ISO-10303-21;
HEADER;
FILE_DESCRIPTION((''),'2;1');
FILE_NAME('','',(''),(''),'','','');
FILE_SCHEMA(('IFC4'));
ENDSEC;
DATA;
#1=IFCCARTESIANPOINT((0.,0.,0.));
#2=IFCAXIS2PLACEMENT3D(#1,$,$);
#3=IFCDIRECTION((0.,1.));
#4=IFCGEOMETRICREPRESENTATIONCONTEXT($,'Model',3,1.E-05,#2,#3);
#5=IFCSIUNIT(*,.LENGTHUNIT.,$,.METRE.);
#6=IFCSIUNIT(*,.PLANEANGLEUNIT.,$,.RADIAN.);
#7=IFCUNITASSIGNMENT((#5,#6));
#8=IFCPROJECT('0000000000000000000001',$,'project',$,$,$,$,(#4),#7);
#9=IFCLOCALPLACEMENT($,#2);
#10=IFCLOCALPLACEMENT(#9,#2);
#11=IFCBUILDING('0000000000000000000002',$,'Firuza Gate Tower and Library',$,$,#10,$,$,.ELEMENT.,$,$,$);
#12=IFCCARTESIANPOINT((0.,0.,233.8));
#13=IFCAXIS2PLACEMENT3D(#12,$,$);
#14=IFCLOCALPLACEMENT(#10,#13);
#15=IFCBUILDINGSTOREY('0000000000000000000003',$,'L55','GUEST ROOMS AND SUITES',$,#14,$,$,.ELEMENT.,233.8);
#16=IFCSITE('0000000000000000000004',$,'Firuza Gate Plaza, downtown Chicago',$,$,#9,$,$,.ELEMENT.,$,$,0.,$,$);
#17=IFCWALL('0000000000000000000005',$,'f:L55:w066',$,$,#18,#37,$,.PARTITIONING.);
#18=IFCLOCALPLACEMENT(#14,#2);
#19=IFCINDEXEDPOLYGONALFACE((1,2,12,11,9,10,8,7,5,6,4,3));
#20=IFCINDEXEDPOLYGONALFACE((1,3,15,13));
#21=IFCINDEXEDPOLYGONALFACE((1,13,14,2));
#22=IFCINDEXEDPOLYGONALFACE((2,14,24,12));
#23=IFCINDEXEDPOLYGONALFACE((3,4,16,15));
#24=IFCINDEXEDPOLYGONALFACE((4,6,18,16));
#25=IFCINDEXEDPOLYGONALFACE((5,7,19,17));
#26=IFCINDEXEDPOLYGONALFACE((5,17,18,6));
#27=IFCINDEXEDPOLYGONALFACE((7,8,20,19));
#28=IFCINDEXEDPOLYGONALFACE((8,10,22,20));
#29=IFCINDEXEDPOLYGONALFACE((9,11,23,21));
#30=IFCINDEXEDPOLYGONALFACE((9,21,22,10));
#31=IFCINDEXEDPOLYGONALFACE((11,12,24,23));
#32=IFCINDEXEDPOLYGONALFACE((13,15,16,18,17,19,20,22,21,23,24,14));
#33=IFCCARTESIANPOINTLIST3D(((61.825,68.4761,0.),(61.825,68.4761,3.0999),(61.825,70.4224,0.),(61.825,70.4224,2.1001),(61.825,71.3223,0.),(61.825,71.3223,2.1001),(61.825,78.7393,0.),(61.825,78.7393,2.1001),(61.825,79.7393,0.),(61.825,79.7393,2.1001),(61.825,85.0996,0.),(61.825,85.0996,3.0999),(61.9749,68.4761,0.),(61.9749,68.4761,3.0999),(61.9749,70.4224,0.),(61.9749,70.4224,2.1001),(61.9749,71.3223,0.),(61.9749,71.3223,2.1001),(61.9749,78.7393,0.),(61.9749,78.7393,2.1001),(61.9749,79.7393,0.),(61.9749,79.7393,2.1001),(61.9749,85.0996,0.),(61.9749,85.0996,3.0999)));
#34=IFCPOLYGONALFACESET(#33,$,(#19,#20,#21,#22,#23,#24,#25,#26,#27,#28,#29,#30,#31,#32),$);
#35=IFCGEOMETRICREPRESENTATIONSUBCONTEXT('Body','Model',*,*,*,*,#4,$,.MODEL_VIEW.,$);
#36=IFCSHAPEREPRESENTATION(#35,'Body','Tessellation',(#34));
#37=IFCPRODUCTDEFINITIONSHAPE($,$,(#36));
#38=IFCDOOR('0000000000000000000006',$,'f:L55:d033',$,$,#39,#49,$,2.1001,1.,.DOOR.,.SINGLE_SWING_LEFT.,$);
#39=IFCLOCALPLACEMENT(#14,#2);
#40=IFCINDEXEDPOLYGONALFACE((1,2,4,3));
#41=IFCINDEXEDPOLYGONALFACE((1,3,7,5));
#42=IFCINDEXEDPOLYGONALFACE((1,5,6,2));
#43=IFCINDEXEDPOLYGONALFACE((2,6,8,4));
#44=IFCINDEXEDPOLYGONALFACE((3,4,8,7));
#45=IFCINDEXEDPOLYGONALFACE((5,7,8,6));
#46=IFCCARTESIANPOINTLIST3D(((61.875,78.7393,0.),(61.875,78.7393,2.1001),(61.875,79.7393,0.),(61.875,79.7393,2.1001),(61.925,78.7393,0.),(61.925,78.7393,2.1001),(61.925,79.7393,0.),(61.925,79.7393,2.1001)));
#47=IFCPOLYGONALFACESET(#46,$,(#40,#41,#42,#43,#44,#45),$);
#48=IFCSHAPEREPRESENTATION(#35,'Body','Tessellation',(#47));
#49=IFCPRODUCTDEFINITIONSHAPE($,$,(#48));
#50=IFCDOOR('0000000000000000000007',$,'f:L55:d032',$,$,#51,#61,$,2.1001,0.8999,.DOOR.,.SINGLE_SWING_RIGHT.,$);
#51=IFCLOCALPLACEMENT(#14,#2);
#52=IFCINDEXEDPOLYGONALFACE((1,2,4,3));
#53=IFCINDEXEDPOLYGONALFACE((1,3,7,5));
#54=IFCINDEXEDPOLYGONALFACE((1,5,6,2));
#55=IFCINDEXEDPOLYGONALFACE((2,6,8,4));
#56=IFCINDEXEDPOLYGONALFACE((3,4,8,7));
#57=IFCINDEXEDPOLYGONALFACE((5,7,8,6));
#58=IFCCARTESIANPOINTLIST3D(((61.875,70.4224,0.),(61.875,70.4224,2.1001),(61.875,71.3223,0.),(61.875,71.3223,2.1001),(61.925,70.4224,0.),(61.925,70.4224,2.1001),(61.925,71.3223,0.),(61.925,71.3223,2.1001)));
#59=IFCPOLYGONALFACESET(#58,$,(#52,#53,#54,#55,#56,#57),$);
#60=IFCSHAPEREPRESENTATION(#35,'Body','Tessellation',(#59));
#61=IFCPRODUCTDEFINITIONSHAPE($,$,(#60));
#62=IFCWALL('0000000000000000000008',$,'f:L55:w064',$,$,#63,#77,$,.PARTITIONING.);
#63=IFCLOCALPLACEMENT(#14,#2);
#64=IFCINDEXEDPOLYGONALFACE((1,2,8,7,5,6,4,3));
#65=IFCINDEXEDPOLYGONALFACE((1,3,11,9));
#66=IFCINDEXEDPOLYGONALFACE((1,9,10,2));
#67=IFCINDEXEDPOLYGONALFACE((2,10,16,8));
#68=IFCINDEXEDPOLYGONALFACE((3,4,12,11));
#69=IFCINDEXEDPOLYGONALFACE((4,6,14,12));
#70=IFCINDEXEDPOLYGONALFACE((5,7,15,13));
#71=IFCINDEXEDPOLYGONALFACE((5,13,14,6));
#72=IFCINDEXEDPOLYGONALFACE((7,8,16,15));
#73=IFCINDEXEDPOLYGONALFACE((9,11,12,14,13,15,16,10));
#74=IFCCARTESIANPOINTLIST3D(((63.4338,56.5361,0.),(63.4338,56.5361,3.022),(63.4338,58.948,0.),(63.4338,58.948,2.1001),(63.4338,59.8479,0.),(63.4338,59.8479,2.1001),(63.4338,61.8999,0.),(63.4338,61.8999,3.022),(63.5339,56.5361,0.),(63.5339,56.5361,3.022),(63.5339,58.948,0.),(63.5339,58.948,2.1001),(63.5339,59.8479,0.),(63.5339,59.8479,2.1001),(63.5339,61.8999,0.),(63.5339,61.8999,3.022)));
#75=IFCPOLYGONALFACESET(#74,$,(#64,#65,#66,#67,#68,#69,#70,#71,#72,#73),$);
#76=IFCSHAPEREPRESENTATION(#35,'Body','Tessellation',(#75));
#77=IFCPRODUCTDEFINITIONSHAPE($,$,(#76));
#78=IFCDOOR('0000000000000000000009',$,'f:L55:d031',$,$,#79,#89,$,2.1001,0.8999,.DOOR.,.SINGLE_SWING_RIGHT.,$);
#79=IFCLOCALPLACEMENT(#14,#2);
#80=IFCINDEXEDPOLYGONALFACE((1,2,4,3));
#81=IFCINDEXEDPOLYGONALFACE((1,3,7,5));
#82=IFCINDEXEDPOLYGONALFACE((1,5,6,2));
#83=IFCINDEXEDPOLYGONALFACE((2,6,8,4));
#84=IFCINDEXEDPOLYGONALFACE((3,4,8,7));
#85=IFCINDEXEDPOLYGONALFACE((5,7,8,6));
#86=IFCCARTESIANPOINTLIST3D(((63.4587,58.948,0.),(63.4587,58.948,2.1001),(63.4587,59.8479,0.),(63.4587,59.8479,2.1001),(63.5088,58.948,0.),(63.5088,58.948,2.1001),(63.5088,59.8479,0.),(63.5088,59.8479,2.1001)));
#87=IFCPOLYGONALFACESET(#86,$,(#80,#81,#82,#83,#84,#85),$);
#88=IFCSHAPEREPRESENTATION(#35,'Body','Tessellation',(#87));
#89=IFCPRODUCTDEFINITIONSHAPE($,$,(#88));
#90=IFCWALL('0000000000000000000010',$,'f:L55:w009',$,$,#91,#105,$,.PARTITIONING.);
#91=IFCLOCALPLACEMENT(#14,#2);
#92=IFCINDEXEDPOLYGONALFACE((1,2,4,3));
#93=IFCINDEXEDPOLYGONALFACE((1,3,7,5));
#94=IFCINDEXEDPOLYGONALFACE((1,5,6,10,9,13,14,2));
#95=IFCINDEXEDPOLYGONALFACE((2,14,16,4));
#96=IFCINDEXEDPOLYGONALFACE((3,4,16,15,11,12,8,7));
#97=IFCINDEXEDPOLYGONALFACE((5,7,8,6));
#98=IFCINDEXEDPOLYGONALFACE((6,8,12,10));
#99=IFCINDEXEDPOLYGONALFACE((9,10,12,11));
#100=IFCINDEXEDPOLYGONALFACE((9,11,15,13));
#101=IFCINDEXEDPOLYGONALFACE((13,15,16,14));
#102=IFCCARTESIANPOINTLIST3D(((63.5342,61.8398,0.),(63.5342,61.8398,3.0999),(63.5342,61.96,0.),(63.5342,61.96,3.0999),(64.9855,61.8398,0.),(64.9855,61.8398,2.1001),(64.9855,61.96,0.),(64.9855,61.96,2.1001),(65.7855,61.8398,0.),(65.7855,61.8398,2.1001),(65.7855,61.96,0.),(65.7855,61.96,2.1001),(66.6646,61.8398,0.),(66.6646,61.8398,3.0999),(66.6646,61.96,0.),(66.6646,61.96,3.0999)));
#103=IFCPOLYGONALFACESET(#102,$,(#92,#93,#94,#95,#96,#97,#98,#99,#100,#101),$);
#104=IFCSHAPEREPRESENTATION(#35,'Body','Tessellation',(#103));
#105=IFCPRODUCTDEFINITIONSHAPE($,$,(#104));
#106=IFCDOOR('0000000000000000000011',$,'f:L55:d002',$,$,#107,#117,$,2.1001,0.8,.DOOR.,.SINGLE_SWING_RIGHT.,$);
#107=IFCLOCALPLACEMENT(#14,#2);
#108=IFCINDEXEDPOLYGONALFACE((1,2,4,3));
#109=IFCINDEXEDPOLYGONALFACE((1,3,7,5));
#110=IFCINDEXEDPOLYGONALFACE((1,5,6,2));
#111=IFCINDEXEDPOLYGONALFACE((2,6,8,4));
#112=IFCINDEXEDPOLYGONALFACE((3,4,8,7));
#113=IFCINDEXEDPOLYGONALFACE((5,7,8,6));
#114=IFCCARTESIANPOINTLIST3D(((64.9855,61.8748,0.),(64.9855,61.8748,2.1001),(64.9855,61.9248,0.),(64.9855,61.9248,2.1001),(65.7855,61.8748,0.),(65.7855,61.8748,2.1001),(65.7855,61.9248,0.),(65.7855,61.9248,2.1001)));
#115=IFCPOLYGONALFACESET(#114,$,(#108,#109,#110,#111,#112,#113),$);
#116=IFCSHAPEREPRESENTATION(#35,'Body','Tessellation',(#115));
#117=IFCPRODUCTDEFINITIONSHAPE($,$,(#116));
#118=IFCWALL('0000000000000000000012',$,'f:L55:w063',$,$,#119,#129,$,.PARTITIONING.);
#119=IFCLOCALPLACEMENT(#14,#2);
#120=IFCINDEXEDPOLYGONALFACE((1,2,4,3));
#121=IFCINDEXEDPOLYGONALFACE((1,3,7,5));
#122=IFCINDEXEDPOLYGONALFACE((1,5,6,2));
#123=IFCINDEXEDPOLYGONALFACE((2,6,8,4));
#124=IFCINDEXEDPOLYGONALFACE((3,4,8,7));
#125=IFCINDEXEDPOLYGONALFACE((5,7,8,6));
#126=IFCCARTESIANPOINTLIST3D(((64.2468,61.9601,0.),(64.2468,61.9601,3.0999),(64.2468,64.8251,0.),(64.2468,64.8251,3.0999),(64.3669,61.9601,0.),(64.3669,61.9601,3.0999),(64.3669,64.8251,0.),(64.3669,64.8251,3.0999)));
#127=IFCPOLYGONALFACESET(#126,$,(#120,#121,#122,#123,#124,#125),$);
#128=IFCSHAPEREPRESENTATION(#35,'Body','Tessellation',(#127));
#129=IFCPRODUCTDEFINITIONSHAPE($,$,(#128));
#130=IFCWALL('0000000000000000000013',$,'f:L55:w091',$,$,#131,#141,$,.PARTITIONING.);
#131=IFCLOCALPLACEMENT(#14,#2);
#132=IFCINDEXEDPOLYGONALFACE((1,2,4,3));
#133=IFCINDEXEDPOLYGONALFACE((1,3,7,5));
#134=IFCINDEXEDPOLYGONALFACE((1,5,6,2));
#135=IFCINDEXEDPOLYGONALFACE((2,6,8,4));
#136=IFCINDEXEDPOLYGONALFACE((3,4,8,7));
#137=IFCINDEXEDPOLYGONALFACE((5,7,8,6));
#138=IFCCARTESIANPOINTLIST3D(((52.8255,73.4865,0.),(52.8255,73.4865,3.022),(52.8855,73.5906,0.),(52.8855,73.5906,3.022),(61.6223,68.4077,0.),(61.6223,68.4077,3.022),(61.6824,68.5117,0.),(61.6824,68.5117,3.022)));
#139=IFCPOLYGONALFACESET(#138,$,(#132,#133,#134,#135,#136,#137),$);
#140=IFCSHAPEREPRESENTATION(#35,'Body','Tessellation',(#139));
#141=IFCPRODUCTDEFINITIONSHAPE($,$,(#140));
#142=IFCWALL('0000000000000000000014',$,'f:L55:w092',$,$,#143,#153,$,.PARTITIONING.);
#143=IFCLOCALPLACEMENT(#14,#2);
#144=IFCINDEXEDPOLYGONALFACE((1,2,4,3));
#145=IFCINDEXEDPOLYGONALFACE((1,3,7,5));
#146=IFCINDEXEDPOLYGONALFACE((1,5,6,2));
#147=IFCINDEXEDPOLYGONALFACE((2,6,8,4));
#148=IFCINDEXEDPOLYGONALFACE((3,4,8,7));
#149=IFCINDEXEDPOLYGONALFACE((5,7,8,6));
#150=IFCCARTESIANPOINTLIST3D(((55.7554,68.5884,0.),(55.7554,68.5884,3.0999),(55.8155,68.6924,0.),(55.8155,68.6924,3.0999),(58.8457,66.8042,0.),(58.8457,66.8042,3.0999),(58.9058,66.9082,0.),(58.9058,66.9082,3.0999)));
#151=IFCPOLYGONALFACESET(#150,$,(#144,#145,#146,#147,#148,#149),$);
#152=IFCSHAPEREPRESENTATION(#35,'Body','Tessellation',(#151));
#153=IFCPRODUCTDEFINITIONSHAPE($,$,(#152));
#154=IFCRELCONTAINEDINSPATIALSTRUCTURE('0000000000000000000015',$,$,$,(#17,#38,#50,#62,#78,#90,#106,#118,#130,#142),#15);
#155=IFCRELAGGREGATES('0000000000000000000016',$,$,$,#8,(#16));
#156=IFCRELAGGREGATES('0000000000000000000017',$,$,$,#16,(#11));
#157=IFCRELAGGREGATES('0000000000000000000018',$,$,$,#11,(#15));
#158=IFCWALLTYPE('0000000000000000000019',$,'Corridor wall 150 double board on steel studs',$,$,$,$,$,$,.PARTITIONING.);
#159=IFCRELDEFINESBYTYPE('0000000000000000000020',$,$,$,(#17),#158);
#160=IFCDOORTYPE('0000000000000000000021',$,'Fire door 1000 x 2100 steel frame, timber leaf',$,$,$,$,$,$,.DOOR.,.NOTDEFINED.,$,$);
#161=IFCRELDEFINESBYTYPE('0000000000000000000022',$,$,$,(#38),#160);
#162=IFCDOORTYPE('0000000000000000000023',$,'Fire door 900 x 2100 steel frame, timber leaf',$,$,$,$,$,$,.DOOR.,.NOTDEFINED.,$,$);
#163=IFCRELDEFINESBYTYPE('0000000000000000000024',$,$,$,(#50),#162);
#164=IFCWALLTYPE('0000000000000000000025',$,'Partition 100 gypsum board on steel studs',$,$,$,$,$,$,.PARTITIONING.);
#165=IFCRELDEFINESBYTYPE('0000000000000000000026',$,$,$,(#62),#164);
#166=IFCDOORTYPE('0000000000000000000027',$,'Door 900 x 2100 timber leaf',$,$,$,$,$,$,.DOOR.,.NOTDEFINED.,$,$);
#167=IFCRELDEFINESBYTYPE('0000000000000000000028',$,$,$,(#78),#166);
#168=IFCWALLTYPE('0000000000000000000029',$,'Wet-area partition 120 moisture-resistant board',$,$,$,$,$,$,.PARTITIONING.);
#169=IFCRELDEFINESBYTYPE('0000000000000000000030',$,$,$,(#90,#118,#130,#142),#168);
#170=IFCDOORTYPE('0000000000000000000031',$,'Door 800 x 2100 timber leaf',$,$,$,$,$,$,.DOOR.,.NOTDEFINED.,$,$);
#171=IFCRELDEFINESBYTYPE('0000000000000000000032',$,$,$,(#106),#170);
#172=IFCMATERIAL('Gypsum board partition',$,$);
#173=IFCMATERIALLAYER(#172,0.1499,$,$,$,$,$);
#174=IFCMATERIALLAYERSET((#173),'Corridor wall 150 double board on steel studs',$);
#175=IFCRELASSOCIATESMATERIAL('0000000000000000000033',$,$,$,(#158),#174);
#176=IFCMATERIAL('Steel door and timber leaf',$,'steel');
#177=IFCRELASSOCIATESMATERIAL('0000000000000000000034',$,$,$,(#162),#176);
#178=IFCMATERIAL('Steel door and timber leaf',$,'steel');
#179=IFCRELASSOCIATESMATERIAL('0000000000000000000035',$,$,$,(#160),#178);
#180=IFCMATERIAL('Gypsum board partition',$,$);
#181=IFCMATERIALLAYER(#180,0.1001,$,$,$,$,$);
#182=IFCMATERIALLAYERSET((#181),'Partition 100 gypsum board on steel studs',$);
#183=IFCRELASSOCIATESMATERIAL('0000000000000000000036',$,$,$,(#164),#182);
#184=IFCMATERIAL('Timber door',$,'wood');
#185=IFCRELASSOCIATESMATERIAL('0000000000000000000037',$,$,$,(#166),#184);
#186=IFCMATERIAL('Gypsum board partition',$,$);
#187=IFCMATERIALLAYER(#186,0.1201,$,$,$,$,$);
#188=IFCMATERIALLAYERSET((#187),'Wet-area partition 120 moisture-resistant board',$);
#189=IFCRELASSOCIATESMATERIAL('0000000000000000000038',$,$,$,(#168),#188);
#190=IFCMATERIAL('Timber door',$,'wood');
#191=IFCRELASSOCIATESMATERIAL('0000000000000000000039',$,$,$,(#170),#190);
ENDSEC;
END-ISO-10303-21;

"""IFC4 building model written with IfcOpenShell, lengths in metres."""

from ifc_helpers import new_model, si_unit, direction, frame, frame_2d, origin, place, context, subcontext, project, spatial, rectangle, extrude, material, layer, layer_set, type_object, element, fill, save


model = new_model("IFC4")

# Units and contexts
model_context = context("Model", 3, precision=1e-05, world=origin(), true_north=direction((0.0, 1.0)))
body_context = subcontext(model_context, "Body", "Model", "MODEL_VIEW")
ifc_project = project(units=[si_unit("LENGTHUNIT", "METRE"), si_unit("PLANEANGLEUNIT", "RADIAN")], contexts=[model_context])

# Site, building, storey
site_placement = place(None, origin())
site = spatial("IfcSite", under=ifc_project, at=site_placement, Name="Firuza Gate Plaza, downtown Chicago", CompositionType="ELEMENT", RefElevation=0.0)
building_placement = place(site_placement, origin())
building = spatial("IfcBuilding", under=site, at=building_placement, Name="Firuza Gate Tower and Library", CompositionType="ELEMENT")
storey_placement = place(building_placement, frame((0.0, 0.0, 233.8)))
storey = spatial("IfcBuildingStorey", under=building, at=storey_placement, Name="L55", Description="GUEST ROOMS AND SUITES", CompositionType="ELEMENT", Elevation=233.8)

# Shared definitions
ifc_material_1 = material(Name="Gypsum board partition")
ifc_layer_1 = layer(ifc_material_1, 0.1499)
ifc_layer_set_1 = layer_set([ifc_layer_1], Name="Corridor wall 150 double board on steel studs")
wall_type_1 = type_object("IfcWallType", Name="Corridor wall 150 double board on steel studs", PredefinedType="PARTITIONING", material=ifc_layer_set_1)
ifc_material_2 = material(Name="Steel door and timber leaf", Category="steel")
door_type_1 = type_object("IfcDoorType", Name="Fire door 900 x 2100 steel frame, timber leaf", OperationType="NOTDEFINED", PredefinedType="DOOR", material=ifc_material_2)

# Wall, openings, doors
wall_1_placement = place(storey_placement, frame((61.8999, 68.4761, 0.0), z_axis=(0.0, 0.0, 1.0), x_axis=(0.0, 1.0, 0.0)))
wall_1 = element("IfcWall", 1, at=wall_1_placement, inside=storey, type_object=wall_type_1, Name="f:L55:w066", PredefinedType="PARTITIONING", context=body_context, shape_type="SweptSolid", body=[
    extrude(rectangle(XDim=16.6235, YDim=0.1499, at=frame_2d((8.3118, 0.0))), origin(), (0.0, 0.0, 1.0), 3.0999),
])
opening_1_placement = place(wall_1_placement, frame((1.9463, 0.0, 0.0)))
opening_1 = element("IfcOpeningElement", 2, at=opening_1_placement, cuts=wall_1, PredefinedType="OPENING", context=body_context, shape_type="SweptSolid", body=[
    extrude(rectangle(XDim=0.8999, YDim=2.1001, at=frame_2d((0.45, 1.05))), frame((0.0, 0.085, 0.0), z_axis=(0.0, -1.0, 0.0), x_axis=(1.0, 0.0, 0.0)), (0.0, 0.0, 1.0), 0.1699),
])
opening_2_placement = place(wall_1_placement, frame((10.2632, 0.0, 0.0)))
opening_2 = element("IfcOpeningElement", 3, at=opening_2_placement, cuts=wall_1, PredefinedType="OPENING", context=body_context, shape_type="SweptSolid", body=[
    extrude(rectangle(XDim=1.0, YDim=2.1001, at=frame_2d((0.5, 1.05))), frame((0.0, 0.085, 0.0), z_axis=(0.0, -1.0, 0.0), x_axis=(1.0, 0.0, 0.0)), (0.0, 0.0, 1.0), 0.1699),
])
ifc_material_3 = material(Name="Steel door and timber leaf", Category="steel")
door_type_2 = type_object("IfcDoorType", Name="Fire door 1000 x 2100 steel frame, timber leaf", OperationType="NOTDEFINED", PredefinedType="DOOR", material=ifc_material_3)
door_1_placement = place(opening_2_placement, origin())
door_1 = element("IfcDoor", 4, at=door_1_placement, inside=storey, type_object=door_type_2, Name="f:L55:d033", OperationType="SINGLE_SWING_LEFT", OverallHeight=2.1001, OverallWidth=1.0, PredefinedType="DOOR", context=body_context, shape_type="SweptSolid", body=[
    extrude(rectangle(XDim=1.0, YDim=2.1001, at=frame_2d((0.5, 1.05))), frame((0.0, 0.0249, 0.0), z_axis=(0.0, -1.0, 0.0), x_axis=(1.0, 0.0, 0.0)), (0.0, 0.0, 1.0), 0.05),
])
fill(opening_2, door_1)
door_2_placement = place(opening_1_placement, origin())
door_2 = element("IfcDoor", 5, at=door_2_placement, inside=storey, type_object=door_type_1, Name="f:L55:d032", OperationType="SINGLE_SWING_RIGHT", OverallHeight=2.1001, OverallWidth=0.8999, PredefinedType="DOOR", context=body_context, shape_type="SweptSolid", body=[
    extrude(rectangle(XDim=0.8999, YDim=2.1001, at=frame_2d((0.45, 1.05))), frame((0.0, 0.0249, 0.0), z_axis=(0.0, -1.0, 0.0), x_axis=(1.0, 0.0, 0.0)), (0.0, 0.0, 1.0), 0.05),
])
fill(opening_1, door_2)

# Walls, openings, doors
ifc_material_4 = material(Name="Gypsum board partition")
ifc_layer_2 = layer(ifc_material_4, 0.1001)
ifc_layer_set_2 = layer_set([ifc_layer_2], Name="Partition 100 gypsum board on steel studs")
wall_type_2 = type_object("IfcWallType", Name="Partition 100 gypsum board on steel studs", PredefinedType="PARTITIONING", material=ifc_layer_set_2)
wall_2_placement = place(storey_placement, frame((63.4839, 61.8999, 0.0), z_axis=(0.0, 0.0, 1.0), x_axis=(0.0, -1.0, 0.0)))
wall_2 = element("IfcWall", 6, at=wall_2_placement, inside=storey, type_object=wall_type_2, Name="f:L55:w064", PredefinedType="PARTITIONING", context=body_context, shape_type="SweptSolid", body=[
    extrude(rectangle(XDim=5.3638, YDim=0.1001, at=frame_2d((2.6819, 0.0))), origin(), (0.0, 0.0, 1.0), 3.022),
])
opening_3_placement = place(wall_2_placement, frame((2.052, 0.0, 0.0)))
opening_3 = element("IfcOpeningElement", 7, at=opening_3_placement, cuts=wall_2, PredefinedType="OPENING", context=body_context, shape_type="SweptSolid", body=[
    extrude(rectangle(XDim=0.8999, YDim=2.1001, at=frame_2d((0.45, 1.05))), frame((0.0, 0.0601, 0.0), z_axis=(0.0, -1.0, 0.0), x_axis=(1.0, 0.0, 0.0)), (0.0, 0.0, 1.0), 0.1201),
])
ifc_material_5 = material(Name="Timber door", Category="wood")
door_type_3 = type_object("IfcDoorType", Name="Door 900 x 2100 timber leaf", OperationType="NOTDEFINED", PredefinedType="DOOR", material=ifc_material_5)
door_3_placement = place(opening_3_placement, origin())
door_3 = element("IfcDoor", 8, at=door_3_placement, inside=storey, type_object=door_type_3, Name="f:L55:d031", OperationType="SINGLE_SWING_RIGHT", OverallHeight=2.1001, OverallWidth=0.8999, PredefinedType="DOOR", context=body_context, shape_type="SweptSolid", body=[
    extrude(rectangle(XDim=0.8999, YDim=2.1001, at=frame_2d((0.45, 1.05))), frame((0.0, 0.0249, 0.0), z_axis=(0.0, -1.0, 0.0), x_axis=(1.0, 0.0, 0.0)), (0.0, 0.0, 1.0), 0.05),
])
fill(opening_3, door_3)
ifc_material_6 = material(Name="Gypsum board partition")
ifc_layer_3 = layer(ifc_material_6, 0.1201)
ifc_layer_set_3 = layer_set([ifc_layer_3], Name="Wet-area partition 120 moisture-resistant board")
wall_type_3 = type_object("IfcWallType", Name="Wet-area partition 120 moisture-resistant board", PredefinedType="PARTITIONING", material=ifc_layer_set_3)
wall_3_placement = place(storey_placement, frame((63.5342, 61.8999, 0.0), z_axis=(0.0, 0.0, 1.0), x_axis=(1.0, 0.0, 0.0)))
wall_3 = element("IfcWall", 9, at=wall_3_placement, inside=storey, type_object=wall_type_3, Name="f:L55:w009", PredefinedType="PARTITIONING", context=body_context, shape_type="SweptSolid", body=[
    extrude(rectangle(XDim=3.1304, YDim=0.1201, at=frame_2d((1.5652, 0.0))), origin(), (0.0, 0.0, 1.0), 3.0999),
])
opening_4_placement = place(wall_3_placement, frame((1.4514, 0.0, 0.0)))
opening_4 = element("IfcOpeningElement", 10, at=opening_4_placement, cuts=wall_3, PredefinedType="OPENING", context=body_context, shape_type="SweptSolid", body=[
    extrude(rectangle(XDim=0.8, YDim=2.1001, at=frame_2d((0.3999, 1.05))), frame((0.0, 0.0701, 0.0), z_axis=(0.0, -1.0, 0.0), x_axis=(1.0, 0.0, 0.0)), (0.0, 0.0, 1.0), 0.1401),
])
ifc_material_7 = material(Name="Timber door", Category="wood")
door_type_4 = type_object("IfcDoorType", Name="Door 800 x 2100 timber leaf", OperationType="NOTDEFINED", PredefinedType="DOOR", material=ifc_material_7)
door_4_placement = place(opening_4_placement, origin())
door_4 = element("IfcDoor", 11, at=door_4_placement, inside=storey, type_object=door_type_4, Name="f:L55:d002", OperationType="SINGLE_SWING_RIGHT", OverallHeight=2.1001, OverallWidth=0.8, PredefinedType="DOOR", context=body_context, shape_type="SweptSolid", body=[
    extrude(rectangle(XDim=0.8, YDim=2.1001, at=frame_2d((0.3999, 1.05))), frame((0.0, 0.0249, 0.0), z_axis=(0.0, -1.0, 0.0), x_axis=(1.0, 0.0, 0.0)), (0.0, 0.0, 1.0), 0.05),
])
fill(opening_4, door_4)

# Walls
wall_4_placement = place(storey_placement, frame((64.3069, 61.96, 0.0), z_axis=(0.0, 0.0, 1.0), x_axis=(0.0, 1.0, 0.0)))
element("IfcWall", 12, at=wall_4_placement, inside=storey, type_object=wall_type_3, Name="f:L55:w063", PredefinedType="PARTITIONING", context=body_context, shape_type="SweptSolid", body=[
    extrude(rectangle(XDim=2.865, YDim=0.1201, at=frame_2d((1.4326, 0.0))), origin(), (0.0, 0.0, 1.0), 3.0999),
])
wall_5_placement = place(storey_placement, frame((61.6523, 68.4597, 0.0), z_axis=(0.0, 0.0, 1.0), x_axis=(-0.866026, 0.499998, 0.0)))
element("IfcWall", 13, at=wall_5_placement, inside=storey, type_object=wall_type_3, Name="f:L55:w091", PredefinedType="PARTITIONING", context=body_context, shape_type="SweptSolid", body=[
    extrude(rectangle(XDim=10.1577, YDim=0.1201, at=frame_2d((5.0789, 0.0))), origin(), (0.0, 0.0, 1.0), 3.022),
])
wall_6_placement = place(storey_placement, frame((58.8757, 66.8562, 0.0), z_axis=(0.0, 0.0, 1.0), x_axis=(-0.866028, 0.499995, 0.0)))
element("IfcWall", 14, at=wall_6_placement, inside=storey, type_object=wall_type_3, Name="f:L55:w092", PredefinedType="PARTITIONING", context=body_context, shape_type="SweptSolid", body=[
    extrude(rectangle(XDim=3.5684, YDim=0.1201, at=frame_2d((1.7842, 0.0))), origin(), (0.0, 0.0, 1.0), 3.0999),
])

save(model, "model.ifc")
